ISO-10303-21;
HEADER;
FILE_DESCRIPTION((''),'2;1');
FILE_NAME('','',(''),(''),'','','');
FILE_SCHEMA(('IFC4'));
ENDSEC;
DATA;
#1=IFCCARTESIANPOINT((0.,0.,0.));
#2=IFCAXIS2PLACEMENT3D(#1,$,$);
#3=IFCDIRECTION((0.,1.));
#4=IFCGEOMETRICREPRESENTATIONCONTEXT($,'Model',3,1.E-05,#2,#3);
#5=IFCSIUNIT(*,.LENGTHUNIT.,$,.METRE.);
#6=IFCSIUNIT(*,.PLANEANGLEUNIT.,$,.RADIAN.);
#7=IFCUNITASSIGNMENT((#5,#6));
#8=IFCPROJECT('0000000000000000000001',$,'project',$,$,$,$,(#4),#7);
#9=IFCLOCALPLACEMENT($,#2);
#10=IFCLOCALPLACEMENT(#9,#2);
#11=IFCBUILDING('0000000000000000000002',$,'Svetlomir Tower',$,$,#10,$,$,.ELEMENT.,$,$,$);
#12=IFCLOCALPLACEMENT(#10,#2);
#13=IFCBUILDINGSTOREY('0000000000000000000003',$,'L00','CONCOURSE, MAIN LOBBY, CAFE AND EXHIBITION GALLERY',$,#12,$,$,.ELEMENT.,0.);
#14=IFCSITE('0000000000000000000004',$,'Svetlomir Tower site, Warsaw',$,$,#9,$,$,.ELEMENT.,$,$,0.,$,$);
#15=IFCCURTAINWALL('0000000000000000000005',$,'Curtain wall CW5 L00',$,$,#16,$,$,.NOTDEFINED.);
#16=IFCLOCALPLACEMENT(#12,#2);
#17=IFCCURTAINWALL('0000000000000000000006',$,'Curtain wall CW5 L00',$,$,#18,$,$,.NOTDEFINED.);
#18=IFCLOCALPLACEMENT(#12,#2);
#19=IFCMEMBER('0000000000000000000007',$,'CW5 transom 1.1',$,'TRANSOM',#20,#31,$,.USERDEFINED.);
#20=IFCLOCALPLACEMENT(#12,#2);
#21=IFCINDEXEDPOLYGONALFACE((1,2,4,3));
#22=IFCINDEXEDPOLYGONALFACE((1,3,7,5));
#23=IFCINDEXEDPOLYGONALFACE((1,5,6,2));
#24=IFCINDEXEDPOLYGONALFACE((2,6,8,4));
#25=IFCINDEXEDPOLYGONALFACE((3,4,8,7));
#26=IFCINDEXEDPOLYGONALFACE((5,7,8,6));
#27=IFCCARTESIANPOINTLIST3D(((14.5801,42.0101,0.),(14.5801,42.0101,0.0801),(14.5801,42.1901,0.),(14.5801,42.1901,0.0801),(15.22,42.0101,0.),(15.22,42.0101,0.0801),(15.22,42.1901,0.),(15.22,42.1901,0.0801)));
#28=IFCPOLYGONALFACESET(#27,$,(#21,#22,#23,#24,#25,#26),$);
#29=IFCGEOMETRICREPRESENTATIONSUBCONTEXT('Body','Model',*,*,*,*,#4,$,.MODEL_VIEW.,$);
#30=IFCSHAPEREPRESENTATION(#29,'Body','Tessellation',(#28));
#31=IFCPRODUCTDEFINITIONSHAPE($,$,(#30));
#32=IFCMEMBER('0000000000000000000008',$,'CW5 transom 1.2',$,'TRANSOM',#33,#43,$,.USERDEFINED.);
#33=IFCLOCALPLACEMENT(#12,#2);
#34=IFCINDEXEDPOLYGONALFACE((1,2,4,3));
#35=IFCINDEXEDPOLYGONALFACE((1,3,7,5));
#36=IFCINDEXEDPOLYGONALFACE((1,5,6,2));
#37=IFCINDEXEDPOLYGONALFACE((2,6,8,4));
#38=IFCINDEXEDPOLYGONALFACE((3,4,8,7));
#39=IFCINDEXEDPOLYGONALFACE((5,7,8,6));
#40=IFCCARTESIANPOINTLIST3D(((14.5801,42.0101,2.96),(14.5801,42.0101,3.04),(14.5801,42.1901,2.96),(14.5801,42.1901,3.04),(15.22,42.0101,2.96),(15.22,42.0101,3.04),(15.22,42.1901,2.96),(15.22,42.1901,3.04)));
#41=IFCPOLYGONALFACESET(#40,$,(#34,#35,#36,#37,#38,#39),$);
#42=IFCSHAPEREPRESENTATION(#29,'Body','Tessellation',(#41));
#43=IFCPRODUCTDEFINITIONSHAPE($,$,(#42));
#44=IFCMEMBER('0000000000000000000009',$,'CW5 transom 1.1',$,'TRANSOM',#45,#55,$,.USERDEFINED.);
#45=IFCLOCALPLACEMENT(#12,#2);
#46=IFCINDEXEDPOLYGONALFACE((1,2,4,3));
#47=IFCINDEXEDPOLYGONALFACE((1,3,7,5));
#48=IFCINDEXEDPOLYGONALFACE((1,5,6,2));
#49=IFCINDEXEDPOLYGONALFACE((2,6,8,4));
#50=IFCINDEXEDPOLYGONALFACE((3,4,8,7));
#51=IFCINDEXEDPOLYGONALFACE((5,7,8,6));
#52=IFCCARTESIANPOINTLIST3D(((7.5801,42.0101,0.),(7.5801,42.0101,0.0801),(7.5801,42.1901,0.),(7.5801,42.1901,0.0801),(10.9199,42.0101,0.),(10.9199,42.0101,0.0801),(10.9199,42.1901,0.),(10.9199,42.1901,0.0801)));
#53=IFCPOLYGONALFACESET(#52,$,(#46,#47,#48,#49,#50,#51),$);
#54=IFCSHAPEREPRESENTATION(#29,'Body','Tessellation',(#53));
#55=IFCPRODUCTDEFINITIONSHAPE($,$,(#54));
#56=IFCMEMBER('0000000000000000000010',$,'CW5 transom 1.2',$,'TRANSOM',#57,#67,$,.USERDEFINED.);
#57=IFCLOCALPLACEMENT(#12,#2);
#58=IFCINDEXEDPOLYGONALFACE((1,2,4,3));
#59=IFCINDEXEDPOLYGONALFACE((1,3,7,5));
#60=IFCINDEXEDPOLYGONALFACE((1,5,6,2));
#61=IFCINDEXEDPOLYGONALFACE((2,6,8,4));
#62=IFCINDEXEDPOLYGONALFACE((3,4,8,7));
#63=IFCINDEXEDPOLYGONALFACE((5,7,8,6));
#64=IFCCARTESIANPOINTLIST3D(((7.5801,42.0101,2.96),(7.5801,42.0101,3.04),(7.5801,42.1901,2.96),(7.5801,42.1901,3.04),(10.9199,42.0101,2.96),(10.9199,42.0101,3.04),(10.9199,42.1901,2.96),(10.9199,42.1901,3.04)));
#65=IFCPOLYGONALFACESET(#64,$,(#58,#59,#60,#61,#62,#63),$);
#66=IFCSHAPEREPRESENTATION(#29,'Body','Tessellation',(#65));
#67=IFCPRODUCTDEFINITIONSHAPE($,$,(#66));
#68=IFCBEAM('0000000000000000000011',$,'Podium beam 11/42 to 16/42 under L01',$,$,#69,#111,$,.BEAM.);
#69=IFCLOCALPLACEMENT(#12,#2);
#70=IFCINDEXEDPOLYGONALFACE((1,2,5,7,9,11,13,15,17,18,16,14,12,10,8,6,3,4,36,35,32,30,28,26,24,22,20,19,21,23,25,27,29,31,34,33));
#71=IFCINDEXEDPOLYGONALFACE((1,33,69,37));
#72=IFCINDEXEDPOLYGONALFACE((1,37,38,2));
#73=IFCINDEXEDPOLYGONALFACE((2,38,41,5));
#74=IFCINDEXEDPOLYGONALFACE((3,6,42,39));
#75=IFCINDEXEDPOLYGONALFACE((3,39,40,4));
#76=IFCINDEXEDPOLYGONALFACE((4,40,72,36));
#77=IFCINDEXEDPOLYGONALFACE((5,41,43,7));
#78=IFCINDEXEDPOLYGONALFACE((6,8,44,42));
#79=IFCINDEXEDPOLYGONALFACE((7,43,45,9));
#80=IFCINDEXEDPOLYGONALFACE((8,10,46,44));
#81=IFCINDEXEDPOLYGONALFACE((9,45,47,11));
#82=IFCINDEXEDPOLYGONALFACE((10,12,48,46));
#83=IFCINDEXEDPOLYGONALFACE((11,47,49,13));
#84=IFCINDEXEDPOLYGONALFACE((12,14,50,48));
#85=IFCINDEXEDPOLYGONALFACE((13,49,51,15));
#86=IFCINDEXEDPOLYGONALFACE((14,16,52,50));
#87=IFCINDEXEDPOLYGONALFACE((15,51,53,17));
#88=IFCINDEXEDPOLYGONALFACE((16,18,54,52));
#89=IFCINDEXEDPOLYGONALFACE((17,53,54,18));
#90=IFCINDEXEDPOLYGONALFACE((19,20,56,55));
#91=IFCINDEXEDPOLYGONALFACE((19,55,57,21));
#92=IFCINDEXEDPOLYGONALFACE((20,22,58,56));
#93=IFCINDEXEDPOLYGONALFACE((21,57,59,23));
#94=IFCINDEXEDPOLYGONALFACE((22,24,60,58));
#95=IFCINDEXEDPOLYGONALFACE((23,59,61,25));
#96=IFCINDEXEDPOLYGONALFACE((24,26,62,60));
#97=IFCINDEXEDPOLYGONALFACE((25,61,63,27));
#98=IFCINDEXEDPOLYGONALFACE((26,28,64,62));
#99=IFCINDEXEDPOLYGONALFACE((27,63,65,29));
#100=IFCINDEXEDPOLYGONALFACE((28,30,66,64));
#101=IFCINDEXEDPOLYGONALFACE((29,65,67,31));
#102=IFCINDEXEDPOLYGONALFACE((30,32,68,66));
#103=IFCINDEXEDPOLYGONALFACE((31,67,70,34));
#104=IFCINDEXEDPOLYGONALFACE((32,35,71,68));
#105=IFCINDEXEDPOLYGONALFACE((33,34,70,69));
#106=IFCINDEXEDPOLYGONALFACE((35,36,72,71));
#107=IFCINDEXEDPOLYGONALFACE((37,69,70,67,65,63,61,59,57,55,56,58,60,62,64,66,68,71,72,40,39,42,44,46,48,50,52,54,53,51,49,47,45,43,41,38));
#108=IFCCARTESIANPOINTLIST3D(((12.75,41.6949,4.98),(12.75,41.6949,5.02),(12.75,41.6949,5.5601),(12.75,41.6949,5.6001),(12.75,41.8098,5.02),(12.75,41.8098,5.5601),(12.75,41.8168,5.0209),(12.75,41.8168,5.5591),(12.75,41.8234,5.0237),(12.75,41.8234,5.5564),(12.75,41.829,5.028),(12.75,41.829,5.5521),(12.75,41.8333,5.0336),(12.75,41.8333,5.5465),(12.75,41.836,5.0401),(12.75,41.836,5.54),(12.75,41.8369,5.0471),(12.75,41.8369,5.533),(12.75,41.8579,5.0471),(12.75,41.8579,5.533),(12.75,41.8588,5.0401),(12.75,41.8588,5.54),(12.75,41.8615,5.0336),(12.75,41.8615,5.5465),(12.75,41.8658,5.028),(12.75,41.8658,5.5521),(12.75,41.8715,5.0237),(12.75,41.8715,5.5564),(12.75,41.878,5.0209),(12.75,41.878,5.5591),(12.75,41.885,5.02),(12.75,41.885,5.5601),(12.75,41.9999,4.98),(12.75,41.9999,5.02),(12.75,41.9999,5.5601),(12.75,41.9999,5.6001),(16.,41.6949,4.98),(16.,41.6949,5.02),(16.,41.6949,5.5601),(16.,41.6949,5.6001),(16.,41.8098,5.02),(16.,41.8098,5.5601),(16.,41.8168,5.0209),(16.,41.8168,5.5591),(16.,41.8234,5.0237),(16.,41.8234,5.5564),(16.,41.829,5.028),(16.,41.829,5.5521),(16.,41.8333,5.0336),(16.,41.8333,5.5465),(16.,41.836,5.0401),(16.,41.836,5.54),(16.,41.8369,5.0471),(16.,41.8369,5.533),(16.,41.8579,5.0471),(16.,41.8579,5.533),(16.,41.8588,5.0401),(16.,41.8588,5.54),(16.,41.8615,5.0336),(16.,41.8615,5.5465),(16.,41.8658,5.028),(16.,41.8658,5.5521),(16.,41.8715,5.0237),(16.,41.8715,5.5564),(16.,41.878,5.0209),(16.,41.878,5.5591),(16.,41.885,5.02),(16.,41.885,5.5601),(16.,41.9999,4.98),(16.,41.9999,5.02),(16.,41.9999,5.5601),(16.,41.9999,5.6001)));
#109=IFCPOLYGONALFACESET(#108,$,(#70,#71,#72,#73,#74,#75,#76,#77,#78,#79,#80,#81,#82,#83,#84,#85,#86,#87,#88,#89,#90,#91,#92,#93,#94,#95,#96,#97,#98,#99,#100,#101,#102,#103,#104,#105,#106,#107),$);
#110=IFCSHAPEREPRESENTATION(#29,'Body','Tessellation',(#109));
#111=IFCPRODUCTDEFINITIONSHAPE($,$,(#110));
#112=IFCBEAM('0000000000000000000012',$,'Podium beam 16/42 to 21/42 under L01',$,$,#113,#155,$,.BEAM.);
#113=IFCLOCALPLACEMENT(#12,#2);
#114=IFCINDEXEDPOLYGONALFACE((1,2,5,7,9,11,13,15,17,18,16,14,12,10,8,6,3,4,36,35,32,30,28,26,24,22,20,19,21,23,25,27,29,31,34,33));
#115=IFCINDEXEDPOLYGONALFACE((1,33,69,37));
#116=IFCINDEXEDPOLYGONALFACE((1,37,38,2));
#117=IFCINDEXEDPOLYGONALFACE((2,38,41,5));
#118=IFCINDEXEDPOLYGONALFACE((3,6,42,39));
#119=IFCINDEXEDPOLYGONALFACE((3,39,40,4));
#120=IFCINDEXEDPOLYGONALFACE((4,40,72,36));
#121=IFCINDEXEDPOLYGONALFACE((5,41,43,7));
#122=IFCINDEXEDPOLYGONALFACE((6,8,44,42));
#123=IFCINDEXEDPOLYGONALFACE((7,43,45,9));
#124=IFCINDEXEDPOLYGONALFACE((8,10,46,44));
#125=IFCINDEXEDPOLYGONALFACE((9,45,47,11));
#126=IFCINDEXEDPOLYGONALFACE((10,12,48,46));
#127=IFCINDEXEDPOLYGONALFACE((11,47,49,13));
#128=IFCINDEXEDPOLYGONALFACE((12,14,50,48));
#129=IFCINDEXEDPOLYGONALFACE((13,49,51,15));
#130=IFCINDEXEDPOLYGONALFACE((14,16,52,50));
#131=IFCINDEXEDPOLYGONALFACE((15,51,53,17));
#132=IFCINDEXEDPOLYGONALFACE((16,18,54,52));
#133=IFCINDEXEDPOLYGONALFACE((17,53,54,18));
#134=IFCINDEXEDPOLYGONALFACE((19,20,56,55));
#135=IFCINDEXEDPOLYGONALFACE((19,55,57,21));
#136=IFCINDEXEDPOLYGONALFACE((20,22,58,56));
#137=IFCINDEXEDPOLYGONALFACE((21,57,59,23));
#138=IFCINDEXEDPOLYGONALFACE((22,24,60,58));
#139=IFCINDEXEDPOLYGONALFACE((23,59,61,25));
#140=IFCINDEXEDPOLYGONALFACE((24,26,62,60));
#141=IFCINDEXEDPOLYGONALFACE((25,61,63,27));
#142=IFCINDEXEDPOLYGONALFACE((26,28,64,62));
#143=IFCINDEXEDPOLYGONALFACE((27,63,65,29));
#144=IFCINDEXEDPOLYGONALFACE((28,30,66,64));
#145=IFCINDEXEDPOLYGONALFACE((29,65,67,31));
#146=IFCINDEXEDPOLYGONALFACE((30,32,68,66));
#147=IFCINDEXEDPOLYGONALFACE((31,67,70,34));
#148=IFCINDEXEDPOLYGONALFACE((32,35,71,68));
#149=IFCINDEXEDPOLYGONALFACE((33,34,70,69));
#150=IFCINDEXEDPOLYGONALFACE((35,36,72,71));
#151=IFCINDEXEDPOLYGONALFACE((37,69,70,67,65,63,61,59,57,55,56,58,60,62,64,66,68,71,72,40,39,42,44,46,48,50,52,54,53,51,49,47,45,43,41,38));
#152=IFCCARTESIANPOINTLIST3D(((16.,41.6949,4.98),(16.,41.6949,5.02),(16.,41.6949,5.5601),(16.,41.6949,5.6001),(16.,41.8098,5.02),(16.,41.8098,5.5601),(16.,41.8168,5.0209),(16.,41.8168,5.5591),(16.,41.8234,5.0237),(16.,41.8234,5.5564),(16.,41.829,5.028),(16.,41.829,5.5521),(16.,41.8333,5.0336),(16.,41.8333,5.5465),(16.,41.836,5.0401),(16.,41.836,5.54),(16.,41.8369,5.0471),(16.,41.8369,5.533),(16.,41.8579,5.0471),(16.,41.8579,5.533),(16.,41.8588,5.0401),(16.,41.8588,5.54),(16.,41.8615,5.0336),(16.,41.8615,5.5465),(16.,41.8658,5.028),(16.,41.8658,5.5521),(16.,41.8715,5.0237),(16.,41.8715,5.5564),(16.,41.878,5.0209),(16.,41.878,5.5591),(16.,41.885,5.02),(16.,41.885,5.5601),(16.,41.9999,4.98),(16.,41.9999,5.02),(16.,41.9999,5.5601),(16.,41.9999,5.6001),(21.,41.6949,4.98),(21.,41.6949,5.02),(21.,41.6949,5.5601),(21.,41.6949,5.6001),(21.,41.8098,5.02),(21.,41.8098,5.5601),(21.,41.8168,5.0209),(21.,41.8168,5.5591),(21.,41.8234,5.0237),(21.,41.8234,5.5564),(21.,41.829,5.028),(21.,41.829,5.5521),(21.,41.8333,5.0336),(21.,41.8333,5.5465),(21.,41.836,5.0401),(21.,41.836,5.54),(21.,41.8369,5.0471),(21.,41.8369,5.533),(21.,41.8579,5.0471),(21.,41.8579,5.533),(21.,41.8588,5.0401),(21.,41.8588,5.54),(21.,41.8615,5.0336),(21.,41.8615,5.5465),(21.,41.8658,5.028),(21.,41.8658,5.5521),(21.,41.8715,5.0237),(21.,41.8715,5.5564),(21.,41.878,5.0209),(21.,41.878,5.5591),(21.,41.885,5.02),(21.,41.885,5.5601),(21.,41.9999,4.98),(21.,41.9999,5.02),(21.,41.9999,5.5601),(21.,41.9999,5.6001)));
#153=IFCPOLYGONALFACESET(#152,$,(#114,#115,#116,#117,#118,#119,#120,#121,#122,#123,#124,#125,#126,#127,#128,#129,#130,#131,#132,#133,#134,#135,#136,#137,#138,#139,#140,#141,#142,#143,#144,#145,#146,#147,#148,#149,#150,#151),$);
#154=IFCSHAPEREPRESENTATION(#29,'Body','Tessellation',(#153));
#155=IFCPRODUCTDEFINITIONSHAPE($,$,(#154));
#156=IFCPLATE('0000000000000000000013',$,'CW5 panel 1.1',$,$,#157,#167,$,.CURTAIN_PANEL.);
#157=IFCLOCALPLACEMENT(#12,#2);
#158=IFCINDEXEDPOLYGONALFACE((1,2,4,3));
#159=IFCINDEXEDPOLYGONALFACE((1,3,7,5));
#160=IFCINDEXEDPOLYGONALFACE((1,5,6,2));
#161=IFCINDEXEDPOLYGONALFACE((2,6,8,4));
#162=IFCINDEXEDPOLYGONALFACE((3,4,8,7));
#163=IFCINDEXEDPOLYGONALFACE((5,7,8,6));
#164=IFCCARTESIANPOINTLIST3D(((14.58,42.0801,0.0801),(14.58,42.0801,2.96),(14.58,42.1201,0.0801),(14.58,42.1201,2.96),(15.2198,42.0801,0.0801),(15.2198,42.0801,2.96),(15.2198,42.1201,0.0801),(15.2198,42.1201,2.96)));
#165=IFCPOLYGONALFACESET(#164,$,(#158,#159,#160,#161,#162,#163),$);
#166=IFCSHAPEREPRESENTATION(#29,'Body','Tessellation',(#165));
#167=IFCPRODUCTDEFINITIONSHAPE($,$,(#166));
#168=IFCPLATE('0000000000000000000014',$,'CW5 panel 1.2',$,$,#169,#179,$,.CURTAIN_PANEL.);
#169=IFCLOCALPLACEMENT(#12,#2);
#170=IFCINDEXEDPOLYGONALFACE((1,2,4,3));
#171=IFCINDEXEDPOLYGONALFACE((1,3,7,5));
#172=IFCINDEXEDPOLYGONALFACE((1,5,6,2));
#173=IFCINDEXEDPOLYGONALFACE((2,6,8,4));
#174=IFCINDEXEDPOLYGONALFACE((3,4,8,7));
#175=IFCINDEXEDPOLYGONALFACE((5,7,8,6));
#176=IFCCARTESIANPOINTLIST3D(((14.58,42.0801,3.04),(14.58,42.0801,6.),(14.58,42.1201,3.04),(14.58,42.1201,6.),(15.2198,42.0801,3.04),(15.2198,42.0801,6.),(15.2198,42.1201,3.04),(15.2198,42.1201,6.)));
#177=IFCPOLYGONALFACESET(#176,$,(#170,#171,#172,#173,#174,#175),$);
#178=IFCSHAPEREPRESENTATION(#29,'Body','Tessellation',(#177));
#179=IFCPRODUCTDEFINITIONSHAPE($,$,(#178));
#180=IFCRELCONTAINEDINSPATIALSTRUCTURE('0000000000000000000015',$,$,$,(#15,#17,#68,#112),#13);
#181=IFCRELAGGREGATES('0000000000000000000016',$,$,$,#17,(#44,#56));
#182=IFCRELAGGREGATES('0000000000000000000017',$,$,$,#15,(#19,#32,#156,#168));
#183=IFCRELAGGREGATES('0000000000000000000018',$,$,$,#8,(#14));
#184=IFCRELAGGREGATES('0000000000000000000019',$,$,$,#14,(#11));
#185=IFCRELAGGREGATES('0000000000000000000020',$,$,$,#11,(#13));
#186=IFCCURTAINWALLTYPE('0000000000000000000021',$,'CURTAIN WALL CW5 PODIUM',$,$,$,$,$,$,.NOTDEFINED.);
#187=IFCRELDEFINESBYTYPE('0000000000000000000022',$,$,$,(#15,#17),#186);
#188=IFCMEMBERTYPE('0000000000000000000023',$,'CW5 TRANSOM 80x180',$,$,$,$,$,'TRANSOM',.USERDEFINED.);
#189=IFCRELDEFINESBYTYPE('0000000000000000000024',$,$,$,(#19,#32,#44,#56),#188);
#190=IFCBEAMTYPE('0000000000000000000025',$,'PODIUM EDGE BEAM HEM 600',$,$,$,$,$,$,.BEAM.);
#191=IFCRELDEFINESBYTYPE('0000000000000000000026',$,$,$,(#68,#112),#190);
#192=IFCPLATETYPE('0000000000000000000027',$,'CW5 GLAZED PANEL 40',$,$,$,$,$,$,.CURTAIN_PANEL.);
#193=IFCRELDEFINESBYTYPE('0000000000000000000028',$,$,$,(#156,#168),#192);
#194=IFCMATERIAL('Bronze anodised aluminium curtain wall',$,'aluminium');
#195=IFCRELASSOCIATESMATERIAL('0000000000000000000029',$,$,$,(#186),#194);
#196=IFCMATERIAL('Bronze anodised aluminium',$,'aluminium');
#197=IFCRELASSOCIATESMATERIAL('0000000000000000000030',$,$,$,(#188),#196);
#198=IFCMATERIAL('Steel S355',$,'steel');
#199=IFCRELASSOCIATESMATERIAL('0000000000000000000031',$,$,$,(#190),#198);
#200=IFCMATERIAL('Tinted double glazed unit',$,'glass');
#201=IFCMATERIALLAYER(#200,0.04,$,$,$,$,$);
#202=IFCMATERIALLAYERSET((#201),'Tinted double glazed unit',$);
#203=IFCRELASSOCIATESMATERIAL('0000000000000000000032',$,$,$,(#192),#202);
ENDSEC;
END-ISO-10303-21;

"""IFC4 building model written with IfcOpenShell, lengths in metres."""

from ifc_helpers import new_model, si_unit, direction, frame, origin, origin_2d, place, context, subcontext, project, spatial, rectangle, i_section, extrude, material, layer, layer_set, material_profile, profile_set, type_object, element, aggregate, save


model = new_model("IFC4")

# Units and contexts
model_context = context("Model", 3, precision=1e-05, world=origin(), true_north=direction((0.0, 1.0)))
body_context = subcontext(model_context, "Body", "Model", "MODEL_VIEW")
ifc_project = project(units=[si_unit("LENGTHUNIT", "METRE"), si_unit("PLANEANGLEUNIT", "RADIAN")], contexts=[model_context])

# Site, building, storey
site_placement = place(None, origin())
site = spatial("IfcSite", under=ifc_project, at=site_placement, Name="Svetlomir Tower site, Warsaw", CompositionType="ELEMENT", RefElevation=0.0)
building_placement = place(site_placement, origin())
building = spatial("IfcBuilding", under=site, at=building_placement, Name="Svetlomir Tower", CompositionType="ELEMENT")
storey_placement = place(building_placement, origin())
storey = spatial("IfcBuildingStorey", under=building, at=storey_placement, Name="L00", Description="CONCOURSE, MAIN LOBBY, CAFE AND EXHIBITION GALLERY", CompositionType="ELEMENT", Elevation=0.0)

# Shared definitions
ifc_material_1 = material(Name="Bronze anodised aluminium curtain wall", Category="aluminium")
curtain_wall_type = type_object("IfcCurtainWallType", Name="CURTAIN WALL CW5 PODIUM", PredefinedType="NOTDEFINED", material=ifc_material_1)

# Curtain wall
curtain_wall_1_placement = place(storey_placement, origin())
curtain_wall_1 = element("IfcCurtainWall", 1, at=curtain_wall_1_placement, inside=storey, type_object=curtain_wall_type, Name="Curtain wall CW5 L00", PredefinedType="NOTDEFINED")

# Curtain wall
curtain_wall_2_placement = place(storey_placement, origin())
curtain_wall_2 = element("IfcCurtainWall", 2, at=curtain_wall_2_placement, inside=storey, type_object=curtain_wall_type, Name="Curtain wall CW5 L00", PredefinedType="NOTDEFINED")

# Members
ifc_material_2 = material(Name="Bronze anodised aluminium", Category="aluminium")
ifc_material_profile_1 = material_profile(ifc_material_2, rectangle(XDim=0.1799, YDim=0.0801, at=origin_2d()), Name="AL 180x80")
ifc_profile_set_1 = profile_set([ifc_material_profile_1], Name="Bronze anodised aluminium 6063-T6")
member_type_1 = type_object("IfcMemberType", Name="CW5 TRANSOM 80x180", ElementType="TRANSOM", PredefinedType="USERDEFINED", material=ifc_profile_set_1)
member_1_placement = place(storey_placement, frame((15.22, 42.1001, 0.04), z_axis=(-1.0, 0.0, 0.0), x_axis=(0.0, -1.0, 0.0)))
member_1 = element("IfcMember", 3, at=member_1_placement, type_object=member_type_1, Name="CW5 transom 1.1", ObjectType="TRANSOM", PredefinedType="USERDEFINED", context=body_context, shape_type="SweptSolid", body=[
    extrude(rectangle(XDim=0.1799, YDim=0.0801, at=origin_2d()), origin(), (0.0, 0.0, 1.0), 0.6399),
])
member_2_placement = place(storey_placement, frame((15.22, 42.1001, 3.0), z_axis=(-1.0, 0.0, 0.0), x_axis=(0.0, -1.0, 0.0)))
member_2 = element("IfcMember", 4, at=member_2_placement, type_object=member_type_1, Name="CW5 transom 1.2", ObjectType="TRANSOM", PredefinedType="USERDEFINED", context=body_context, shape_type="SweptSolid", body=[
    extrude(rectangle(XDim=0.1799, YDim=0.0801, at=origin_2d()), origin(), (0.0, 0.0, 1.0), 0.6399),
])
member_3_placement = place(storey_placement, frame((10.9199, 42.1001, 0.04), z_axis=(-1.0, 0.0, 0.0), x_axis=(0.0, -1.0, 0.0)))
member_3 = element("IfcMember", 5, at=member_3_placement, type_object=member_type_1, Name="CW5 transom 1.1", ObjectType="TRANSOM", PredefinedType="USERDEFINED", context=body_context, shape_type="SweptSolid", body=[
    extrude(rectangle(XDim=0.1799, YDim=0.0801, at=origin_2d()), origin(), (0.0, 0.0, 1.0), 3.3398),
])
member_4_placement = place(storey_placement, frame((10.9199, 42.1001, 3.0), z_axis=(-1.0, 0.0, 0.0), x_axis=(0.0, -1.0, 0.0)))
member_4 = element("IfcMember", 6, at=member_4_placement, type_object=member_type_1, Name="CW5 transom 1.2", ObjectType="TRANSOM", PredefinedType="USERDEFINED", context=body_context, shape_type="SweptSolid", body=[
    extrude(rectangle(XDim=0.1799, YDim=0.0801, at=origin_2d()), origin(), (0.0, 0.0, 1.0), 3.3398),
])
aggregate(curtain_wall_2, [member_3, member_4])

# Beams
ifc_material_3 = material(Name="Steel S355", Category="steel")
ifc_material_profile_2 = material_profile(ifc_material_3, i_section(OverallWidth=0.3049, OverallDepth=0.6201, WebThickness=0.021, FlangeThickness=0.04, FilletRadius=0.0271, at=origin_2d()), Name="HEM 600")
ifc_profile_set_2 = profile_set([ifc_material_profile_2], Name="Steel S355")
beam_type = type_object("IfcBeamType", Name="PODIUM EDGE BEAM HEM 600", PredefinedType="BEAM", material=ifc_profile_set_2)
beam_1_placement = place(storey_placement, frame((12.75, 41.8474, 5.29), z_axis=(1.0, 0.0, 0.0), x_axis=(0.0, 1.0, 0.0)))
element("IfcBeam", 7, at=beam_1_placement, inside=storey, type_object=beam_type, Name="Podium beam 11/42 to 16/42 under L01", PredefinedType="BEAM", context=body_context, shape_type="SweptSolid", body=[
    extrude(i_section(OverallWidth=0.3049, OverallDepth=0.6201, WebThickness=0.021, FlangeThickness=0.04, FilletRadius=0.0271, at=origin_2d()), origin(), (0.0, 0.0, 1.0), 3.25),
])
beam_2_placement = place(storey_placement, frame((16.0, 41.8474, 5.29), z_axis=(1.0, 0.0, 0.0), x_axis=(0.0, 1.0, 0.0)))
element("IfcBeam", 8, at=beam_2_placement, inside=storey, type_object=beam_type, Name="Podium beam 16/42 to 21/42 under L01", PredefinedType="BEAM", context=body_context, shape_type="SweptSolid", body=[
    extrude(i_section(OverallWidth=0.3049, OverallDepth=0.6201, WebThickness=0.021, FlangeThickness=0.04, FilletRadius=0.0271, at=origin_2d()), origin(), (0.0, 0.0, 1.0), 5.0),
])

# Plates
ifc_material_4 = material(Name="Tinted double glazed unit", Category="glass")
ifc_layer = layer(ifc_material_4, 0.04)
ifc_layer_set = layer_set([ifc_layer], Name="Tinted double glazed unit")
plate_type = type_object("IfcPlateType", Name="CW5 GLAZED PANEL 40", PredefinedType="CURTAIN_PANEL", material=ifc_layer_set)
plate_1_placement = place(storey_placement, frame((14.8999, 42.1001, 0.0801), z_axis=(0.0, 0.0, 1.0), x_axis=(-1.0, 0.0, 0.0)))
plate_1 = element("IfcPlate", 9, at=plate_1_placement, type_object=plate_type, Name="CW5 panel 1.1", PredefinedType="CURTAIN_PANEL", context=body_context, shape_type="SweptSolid", body=[
    extrude(rectangle(XDim=0.6399, YDim=0.04, at=origin_2d()), origin(), (0.0, 0.0, 1.0), 2.8799),
])
plate_2_placement = place(storey_placement, frame((14.8999, 42.1001, 3.04), z_axis=(0.0, 0.0, 1.0), x_axis=(-1.0, 0.0, 0.0)))
plate_2 = element("IfcPlate", 10, at=plate_2_placement, type_object=plate_type, Name="CW5 panel 1.2", PredefinedType="CURTAIN_PANEL", context=body_context, shape_type="SweptSolid", body=[
    extrude(rectangle(XDim=0.6399, YDim=0.04, at=origin_2d()), origin(), (0.0, 0.0, 1.0), 2.96),
])
aggregate(curtain_wall_1, [member_1, member_2, plate_1, plate_2])

save(model, "model.ifc")
